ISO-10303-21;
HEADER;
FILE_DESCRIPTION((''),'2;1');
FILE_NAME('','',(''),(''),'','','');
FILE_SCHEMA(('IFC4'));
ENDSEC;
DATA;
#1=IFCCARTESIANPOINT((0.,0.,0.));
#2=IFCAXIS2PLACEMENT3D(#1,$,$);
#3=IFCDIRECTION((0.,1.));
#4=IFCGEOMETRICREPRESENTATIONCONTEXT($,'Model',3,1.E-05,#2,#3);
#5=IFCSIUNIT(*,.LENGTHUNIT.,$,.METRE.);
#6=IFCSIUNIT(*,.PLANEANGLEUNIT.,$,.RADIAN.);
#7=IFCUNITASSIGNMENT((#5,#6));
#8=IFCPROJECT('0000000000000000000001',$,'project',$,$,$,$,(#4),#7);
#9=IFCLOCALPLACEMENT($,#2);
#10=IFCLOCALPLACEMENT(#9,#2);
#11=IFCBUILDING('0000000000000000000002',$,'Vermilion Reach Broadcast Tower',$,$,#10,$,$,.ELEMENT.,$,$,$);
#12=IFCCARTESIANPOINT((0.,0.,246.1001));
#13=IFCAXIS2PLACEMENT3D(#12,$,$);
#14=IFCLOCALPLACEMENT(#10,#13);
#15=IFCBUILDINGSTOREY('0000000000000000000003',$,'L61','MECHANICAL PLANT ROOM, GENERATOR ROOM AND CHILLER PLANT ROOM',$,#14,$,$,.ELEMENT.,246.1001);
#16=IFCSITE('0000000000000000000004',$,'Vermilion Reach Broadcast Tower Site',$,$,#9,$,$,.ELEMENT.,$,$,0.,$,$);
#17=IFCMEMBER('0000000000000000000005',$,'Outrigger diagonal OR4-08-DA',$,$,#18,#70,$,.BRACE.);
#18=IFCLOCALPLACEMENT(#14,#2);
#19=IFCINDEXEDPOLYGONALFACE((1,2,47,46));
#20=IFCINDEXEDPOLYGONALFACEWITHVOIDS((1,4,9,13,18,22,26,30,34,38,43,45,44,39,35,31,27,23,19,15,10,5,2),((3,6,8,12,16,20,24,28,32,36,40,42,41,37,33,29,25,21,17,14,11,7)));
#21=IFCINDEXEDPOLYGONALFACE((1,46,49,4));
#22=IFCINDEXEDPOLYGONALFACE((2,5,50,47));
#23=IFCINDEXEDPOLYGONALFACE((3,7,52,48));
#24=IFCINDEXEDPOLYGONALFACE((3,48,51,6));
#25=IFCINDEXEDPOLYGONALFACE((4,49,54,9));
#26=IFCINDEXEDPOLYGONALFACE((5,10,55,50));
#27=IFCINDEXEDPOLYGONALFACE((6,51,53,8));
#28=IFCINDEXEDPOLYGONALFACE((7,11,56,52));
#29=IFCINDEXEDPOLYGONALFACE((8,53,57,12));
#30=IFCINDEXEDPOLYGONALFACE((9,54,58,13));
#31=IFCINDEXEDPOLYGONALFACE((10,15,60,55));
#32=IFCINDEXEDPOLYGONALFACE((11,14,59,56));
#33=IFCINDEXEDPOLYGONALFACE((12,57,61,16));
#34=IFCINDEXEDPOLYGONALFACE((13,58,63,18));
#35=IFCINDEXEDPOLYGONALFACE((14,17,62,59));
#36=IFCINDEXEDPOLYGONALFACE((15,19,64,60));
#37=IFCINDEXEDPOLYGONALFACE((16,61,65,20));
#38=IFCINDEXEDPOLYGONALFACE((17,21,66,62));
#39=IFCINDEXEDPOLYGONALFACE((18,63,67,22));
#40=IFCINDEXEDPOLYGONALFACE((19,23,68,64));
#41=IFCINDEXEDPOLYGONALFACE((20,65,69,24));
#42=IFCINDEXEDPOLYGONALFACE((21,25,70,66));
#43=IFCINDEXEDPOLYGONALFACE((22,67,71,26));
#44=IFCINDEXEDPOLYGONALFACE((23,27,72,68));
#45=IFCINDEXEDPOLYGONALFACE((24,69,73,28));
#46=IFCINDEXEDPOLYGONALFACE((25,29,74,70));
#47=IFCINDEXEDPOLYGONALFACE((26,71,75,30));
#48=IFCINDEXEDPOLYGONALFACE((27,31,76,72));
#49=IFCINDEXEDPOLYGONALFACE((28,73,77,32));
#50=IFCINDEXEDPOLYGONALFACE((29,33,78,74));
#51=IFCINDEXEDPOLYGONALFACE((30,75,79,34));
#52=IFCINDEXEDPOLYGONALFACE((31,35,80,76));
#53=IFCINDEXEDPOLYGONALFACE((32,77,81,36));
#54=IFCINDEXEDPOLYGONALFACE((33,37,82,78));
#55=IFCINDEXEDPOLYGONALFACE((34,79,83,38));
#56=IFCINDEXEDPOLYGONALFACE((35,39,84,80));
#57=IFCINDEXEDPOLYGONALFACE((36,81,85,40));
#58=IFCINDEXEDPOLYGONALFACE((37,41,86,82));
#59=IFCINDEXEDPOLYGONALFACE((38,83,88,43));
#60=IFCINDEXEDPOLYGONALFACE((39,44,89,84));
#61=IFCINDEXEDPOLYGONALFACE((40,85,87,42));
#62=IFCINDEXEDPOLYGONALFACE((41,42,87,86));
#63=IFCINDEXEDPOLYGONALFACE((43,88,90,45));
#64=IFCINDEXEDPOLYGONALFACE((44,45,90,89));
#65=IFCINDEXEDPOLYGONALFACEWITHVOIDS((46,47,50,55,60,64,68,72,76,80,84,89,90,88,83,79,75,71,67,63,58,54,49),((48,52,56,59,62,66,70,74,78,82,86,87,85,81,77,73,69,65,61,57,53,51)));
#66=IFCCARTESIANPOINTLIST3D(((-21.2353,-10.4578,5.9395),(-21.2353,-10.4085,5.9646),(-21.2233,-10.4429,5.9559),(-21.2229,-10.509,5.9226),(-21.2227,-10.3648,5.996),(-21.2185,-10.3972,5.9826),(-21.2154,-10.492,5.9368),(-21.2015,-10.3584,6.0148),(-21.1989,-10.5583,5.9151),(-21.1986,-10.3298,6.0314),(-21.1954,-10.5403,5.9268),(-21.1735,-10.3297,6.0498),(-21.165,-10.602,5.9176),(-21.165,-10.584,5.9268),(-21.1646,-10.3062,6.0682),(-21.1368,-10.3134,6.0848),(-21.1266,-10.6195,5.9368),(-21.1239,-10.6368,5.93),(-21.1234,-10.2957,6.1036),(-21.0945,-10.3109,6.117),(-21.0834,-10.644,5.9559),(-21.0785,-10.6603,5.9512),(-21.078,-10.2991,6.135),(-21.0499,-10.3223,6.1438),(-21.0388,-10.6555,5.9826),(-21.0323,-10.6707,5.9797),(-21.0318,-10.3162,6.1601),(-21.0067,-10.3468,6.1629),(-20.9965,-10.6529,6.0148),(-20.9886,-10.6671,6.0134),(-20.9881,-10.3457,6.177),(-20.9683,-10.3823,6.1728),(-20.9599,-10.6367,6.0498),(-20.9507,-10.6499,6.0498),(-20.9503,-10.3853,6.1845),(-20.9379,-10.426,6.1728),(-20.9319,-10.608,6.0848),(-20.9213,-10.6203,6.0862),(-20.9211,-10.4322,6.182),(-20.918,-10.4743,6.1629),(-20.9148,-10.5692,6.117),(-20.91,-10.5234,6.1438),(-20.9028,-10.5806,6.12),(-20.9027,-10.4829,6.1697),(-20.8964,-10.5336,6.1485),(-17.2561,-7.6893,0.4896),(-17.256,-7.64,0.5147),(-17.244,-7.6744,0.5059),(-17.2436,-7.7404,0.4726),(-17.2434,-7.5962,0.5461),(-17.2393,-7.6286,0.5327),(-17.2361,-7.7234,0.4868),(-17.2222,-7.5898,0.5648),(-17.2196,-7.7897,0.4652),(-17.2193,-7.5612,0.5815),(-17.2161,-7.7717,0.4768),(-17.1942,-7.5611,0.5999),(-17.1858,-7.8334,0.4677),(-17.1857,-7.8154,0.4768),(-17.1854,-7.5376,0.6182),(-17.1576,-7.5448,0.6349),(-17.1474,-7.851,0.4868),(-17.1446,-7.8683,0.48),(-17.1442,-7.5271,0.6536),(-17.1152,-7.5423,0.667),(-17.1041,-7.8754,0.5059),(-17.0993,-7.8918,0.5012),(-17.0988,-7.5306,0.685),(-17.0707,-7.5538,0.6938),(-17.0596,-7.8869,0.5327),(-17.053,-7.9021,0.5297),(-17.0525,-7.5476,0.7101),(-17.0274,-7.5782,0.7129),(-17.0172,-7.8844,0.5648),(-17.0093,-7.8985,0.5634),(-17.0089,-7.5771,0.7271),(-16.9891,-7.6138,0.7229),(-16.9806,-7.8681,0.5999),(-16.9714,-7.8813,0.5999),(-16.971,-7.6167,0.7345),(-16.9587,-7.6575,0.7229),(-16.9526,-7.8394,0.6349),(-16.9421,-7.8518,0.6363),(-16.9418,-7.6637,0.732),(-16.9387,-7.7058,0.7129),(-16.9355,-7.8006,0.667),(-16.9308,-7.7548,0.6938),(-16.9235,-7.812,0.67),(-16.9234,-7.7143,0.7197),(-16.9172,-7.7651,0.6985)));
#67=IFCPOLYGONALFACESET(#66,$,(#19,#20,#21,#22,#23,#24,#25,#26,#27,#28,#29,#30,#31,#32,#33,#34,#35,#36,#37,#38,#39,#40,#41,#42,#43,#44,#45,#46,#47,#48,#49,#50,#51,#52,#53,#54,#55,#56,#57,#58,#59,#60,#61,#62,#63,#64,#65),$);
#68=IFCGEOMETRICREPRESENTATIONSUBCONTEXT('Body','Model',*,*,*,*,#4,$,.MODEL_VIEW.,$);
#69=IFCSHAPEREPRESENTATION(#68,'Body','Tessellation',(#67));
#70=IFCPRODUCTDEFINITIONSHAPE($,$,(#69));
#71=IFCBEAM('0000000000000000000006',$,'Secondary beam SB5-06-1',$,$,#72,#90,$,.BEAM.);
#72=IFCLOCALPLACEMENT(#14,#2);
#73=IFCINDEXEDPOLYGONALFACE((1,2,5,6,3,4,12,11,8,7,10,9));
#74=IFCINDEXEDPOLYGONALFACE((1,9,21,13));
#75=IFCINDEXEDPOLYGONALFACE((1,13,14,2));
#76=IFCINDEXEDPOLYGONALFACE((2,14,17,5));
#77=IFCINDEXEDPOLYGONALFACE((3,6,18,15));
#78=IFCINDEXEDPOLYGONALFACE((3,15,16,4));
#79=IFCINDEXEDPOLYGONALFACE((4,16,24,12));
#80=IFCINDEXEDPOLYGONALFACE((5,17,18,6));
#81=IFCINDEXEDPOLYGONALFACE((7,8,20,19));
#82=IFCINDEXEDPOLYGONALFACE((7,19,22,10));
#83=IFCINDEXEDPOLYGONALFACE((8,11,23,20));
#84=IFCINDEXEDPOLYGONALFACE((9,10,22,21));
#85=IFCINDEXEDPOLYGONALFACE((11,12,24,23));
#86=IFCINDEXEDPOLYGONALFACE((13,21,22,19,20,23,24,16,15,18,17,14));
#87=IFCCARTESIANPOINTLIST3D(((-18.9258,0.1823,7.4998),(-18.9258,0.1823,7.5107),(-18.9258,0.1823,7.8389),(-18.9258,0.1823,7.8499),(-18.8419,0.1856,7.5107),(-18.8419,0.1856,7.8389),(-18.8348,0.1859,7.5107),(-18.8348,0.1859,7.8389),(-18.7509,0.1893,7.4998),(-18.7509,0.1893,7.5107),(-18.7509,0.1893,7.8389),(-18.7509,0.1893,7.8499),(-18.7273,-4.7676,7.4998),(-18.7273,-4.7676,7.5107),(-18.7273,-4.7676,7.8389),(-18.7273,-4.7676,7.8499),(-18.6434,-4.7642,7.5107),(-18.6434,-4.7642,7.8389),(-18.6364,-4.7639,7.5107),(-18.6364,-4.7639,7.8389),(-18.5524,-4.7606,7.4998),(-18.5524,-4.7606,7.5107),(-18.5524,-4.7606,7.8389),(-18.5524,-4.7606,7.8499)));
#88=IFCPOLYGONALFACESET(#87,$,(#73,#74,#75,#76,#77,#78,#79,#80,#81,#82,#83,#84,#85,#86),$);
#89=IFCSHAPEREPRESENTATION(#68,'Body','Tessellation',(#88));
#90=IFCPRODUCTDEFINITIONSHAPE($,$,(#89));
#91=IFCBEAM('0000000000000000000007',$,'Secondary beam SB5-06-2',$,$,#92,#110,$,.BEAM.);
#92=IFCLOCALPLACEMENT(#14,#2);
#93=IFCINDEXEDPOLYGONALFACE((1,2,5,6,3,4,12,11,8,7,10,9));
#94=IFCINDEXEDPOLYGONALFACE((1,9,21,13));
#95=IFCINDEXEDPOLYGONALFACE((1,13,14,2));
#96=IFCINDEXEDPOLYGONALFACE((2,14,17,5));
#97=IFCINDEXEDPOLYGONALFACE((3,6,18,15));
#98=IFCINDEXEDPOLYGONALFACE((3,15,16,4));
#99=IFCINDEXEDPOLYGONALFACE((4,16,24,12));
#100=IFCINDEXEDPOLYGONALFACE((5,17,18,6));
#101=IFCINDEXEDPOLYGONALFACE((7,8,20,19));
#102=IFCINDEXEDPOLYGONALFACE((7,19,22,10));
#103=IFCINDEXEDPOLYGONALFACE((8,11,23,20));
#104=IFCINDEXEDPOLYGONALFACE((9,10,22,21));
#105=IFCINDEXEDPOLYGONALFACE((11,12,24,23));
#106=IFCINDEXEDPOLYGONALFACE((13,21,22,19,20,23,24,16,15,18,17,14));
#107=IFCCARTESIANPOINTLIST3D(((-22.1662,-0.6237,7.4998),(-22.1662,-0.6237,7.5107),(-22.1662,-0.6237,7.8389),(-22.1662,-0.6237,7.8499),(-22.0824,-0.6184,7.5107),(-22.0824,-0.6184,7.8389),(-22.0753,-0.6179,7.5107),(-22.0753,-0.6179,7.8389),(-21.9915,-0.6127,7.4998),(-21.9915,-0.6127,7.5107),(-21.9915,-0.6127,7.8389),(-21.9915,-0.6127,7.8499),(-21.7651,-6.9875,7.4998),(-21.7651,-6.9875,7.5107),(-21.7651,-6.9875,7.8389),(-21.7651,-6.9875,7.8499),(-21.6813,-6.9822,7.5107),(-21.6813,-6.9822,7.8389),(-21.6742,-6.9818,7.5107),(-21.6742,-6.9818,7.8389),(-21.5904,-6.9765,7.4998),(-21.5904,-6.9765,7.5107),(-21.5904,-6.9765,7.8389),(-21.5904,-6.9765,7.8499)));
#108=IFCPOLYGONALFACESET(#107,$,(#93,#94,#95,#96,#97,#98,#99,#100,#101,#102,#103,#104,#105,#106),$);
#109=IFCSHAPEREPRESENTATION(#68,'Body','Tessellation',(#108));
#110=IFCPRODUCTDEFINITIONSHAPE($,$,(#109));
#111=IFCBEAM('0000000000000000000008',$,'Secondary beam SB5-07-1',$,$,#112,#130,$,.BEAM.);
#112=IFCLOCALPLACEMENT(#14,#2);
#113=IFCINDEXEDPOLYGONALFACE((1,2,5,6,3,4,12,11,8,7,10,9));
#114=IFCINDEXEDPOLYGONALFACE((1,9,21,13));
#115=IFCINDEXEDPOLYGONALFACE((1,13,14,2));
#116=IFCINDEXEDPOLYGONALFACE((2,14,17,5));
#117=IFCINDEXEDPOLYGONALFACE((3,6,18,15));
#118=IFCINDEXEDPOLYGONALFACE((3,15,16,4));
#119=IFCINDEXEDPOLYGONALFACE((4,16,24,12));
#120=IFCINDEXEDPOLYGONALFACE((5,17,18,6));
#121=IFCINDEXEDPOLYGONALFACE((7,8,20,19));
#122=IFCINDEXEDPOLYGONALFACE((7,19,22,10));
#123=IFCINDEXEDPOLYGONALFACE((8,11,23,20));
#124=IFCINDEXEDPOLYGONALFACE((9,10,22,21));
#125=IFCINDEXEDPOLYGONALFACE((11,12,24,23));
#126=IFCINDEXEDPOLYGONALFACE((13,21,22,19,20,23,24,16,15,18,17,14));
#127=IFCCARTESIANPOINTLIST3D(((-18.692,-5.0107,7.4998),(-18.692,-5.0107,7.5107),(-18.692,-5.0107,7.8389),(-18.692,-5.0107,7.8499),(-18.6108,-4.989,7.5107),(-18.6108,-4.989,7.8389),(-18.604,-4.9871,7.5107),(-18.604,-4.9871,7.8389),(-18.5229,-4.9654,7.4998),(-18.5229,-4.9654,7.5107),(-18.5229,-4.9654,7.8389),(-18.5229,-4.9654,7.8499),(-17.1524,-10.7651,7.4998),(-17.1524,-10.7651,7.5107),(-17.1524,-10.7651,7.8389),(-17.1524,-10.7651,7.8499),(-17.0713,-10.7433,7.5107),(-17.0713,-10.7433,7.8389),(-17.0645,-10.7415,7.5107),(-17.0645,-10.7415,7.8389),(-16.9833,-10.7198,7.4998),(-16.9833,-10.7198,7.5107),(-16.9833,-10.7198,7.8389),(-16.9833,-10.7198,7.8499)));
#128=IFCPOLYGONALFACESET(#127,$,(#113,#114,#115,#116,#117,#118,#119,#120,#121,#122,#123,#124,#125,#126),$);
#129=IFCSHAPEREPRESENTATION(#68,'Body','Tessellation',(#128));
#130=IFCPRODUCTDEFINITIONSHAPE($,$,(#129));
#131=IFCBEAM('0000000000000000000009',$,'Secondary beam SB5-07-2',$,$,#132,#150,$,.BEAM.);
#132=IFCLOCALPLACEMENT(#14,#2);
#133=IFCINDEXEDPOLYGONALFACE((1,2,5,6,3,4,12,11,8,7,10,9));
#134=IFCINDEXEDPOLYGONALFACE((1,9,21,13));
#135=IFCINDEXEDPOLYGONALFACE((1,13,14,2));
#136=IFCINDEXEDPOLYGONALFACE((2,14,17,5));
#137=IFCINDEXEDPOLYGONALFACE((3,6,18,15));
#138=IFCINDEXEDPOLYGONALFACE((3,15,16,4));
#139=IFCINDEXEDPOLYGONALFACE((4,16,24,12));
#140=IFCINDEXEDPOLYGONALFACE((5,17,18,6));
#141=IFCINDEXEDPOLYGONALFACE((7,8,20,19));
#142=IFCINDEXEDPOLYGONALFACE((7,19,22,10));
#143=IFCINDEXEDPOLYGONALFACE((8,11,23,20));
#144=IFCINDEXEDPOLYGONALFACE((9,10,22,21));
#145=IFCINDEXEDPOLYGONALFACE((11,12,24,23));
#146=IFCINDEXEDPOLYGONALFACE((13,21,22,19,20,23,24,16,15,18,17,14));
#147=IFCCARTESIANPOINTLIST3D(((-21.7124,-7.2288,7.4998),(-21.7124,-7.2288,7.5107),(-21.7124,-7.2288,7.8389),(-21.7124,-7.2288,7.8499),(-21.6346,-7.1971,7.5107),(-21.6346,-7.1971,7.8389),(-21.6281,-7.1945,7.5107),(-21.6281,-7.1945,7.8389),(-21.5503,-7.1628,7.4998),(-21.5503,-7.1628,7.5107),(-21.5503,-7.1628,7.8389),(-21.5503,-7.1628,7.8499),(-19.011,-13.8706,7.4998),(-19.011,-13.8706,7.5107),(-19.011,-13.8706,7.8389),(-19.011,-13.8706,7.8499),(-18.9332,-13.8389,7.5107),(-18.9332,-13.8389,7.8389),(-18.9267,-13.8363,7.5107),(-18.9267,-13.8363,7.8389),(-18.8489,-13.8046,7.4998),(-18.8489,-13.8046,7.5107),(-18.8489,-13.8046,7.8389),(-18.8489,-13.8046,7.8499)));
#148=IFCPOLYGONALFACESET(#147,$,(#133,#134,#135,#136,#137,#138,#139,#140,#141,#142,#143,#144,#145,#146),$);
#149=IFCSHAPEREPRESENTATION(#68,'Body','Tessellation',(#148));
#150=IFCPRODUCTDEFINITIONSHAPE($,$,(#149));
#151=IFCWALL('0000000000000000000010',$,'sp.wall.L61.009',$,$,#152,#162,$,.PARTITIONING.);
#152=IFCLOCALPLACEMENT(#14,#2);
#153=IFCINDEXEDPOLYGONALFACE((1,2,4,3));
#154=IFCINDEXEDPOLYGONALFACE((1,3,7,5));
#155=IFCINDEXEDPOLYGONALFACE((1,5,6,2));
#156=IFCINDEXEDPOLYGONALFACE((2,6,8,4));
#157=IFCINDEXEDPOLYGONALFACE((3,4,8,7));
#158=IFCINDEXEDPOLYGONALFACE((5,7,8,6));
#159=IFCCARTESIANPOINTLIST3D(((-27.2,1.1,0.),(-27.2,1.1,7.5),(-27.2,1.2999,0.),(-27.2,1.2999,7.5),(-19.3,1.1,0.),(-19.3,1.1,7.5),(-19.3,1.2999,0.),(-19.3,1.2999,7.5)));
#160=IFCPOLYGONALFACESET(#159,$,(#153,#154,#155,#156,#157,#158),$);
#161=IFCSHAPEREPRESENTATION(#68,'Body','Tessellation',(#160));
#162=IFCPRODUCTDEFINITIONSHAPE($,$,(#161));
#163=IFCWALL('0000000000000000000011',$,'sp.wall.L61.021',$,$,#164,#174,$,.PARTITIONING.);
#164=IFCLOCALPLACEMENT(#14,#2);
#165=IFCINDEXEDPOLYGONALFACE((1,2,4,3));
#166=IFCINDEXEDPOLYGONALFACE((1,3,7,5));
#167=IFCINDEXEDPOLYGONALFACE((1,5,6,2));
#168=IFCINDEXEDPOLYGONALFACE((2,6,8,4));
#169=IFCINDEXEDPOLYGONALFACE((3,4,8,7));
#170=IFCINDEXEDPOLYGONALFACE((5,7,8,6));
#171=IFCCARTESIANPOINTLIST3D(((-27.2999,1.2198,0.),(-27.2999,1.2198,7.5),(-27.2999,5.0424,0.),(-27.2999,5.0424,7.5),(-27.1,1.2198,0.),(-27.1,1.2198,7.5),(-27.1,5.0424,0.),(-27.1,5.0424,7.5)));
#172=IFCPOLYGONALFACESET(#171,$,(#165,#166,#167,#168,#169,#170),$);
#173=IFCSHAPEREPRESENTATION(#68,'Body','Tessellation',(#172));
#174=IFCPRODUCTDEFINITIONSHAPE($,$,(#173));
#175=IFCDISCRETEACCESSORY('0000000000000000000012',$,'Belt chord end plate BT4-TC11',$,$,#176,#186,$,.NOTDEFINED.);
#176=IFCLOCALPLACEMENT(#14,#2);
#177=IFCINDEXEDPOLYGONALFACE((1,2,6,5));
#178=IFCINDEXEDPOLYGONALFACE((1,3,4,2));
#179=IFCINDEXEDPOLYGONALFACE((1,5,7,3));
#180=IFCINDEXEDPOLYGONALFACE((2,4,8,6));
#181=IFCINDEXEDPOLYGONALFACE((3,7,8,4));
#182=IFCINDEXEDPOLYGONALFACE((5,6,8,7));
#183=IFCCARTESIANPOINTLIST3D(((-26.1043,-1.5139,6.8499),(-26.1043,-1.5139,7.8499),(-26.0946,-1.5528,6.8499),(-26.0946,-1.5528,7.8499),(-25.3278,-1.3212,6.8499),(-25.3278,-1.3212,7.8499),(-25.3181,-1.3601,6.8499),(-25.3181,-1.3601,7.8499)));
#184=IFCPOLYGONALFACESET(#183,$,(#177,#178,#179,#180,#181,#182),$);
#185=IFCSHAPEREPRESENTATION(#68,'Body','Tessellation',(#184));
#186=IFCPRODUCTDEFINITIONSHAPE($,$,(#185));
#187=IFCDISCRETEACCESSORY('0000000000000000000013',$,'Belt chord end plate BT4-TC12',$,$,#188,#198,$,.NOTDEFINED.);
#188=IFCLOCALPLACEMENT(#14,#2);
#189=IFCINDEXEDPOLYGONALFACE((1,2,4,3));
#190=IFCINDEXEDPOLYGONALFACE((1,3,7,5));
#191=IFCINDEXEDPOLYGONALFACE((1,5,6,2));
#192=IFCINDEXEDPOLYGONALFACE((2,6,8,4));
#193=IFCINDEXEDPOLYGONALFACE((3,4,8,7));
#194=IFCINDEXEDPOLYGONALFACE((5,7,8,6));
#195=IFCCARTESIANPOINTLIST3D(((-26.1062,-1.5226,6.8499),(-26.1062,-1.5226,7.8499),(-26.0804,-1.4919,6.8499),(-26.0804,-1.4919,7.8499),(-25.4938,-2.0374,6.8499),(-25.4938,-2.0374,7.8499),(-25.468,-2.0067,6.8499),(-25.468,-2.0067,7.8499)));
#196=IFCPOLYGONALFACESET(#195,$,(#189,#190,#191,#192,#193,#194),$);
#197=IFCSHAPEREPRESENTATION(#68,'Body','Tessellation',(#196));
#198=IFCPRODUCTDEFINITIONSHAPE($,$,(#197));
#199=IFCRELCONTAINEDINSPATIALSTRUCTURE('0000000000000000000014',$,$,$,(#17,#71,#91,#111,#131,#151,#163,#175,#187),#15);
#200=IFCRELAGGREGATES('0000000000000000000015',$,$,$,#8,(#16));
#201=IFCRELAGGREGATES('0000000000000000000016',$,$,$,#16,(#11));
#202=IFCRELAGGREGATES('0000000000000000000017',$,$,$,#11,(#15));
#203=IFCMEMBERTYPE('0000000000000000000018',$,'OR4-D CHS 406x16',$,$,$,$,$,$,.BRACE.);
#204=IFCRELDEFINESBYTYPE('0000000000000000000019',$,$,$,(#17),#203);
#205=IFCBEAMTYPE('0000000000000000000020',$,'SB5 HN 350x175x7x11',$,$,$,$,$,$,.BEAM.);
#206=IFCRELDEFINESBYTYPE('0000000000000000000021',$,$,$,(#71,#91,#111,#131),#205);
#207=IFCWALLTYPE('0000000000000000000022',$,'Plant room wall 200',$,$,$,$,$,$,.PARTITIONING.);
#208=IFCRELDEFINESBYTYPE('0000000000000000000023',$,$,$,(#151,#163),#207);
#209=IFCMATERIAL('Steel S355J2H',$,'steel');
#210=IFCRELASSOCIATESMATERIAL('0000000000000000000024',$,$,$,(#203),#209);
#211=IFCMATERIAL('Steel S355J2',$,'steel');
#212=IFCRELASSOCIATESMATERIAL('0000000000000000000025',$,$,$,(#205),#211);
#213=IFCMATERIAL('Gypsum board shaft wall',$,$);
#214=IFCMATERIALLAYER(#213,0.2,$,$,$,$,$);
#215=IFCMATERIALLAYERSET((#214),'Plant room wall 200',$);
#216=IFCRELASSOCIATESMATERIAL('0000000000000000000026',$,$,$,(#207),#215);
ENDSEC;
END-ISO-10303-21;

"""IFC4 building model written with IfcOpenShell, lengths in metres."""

from ifc_helpers import new_model, si_unit, direction, frame, frame_2d, origin, origin_2d, place, context, subcontext, project, spatial, rectangle, hollow_circle, i_section, extrude, material, layer, layer_set, material_profile, profile_set, type_object, element, save


model = new_model("IFC4")

# Units and contexts
model_context = context("Model", 3, precision=1e-05, world=origin(), true_north=direction((0.0, 1.0)))
body_context = subcontext(model_context, "Body", "Model", "MODEL_VIEW")
ifc_project = project(units=[si_unit("LENGTHUNIT", "METRE"), si_unit("PLANEANGLEUNIT", "RADIAN")], contexts=[model_context])

# Site, building, storey
site_placement = place(None, origin())
site = spatial("IfcSite", under=ifc_project, at=site_placement, Name="Vermilion Reach Broadcast Tower Site", CompositionType="ELEMENT", RefElevation=0.0)
building_placement = place(site_placement, origin())
building = spatial("IfcBuilding", under=site, at=building_placement, Name="Vermilion Reach Broadcast Tower", CompositionType="ELEMENT")
storey_placement = place(building_placement, frame((0.0, 0.0, 246.1001)))
storey = spatial("IfcBuildingStorey", under=building, at=storey_placement, Name="L61", Description="MECHANICAL PLANT ROOM, GENERATOR ROOM AND CHILLER PLANT ROOM", CompositionType="ELEMENT", Elevation=246.1001)

# Member
ifc_material_1 = material(Name="Steel S355J2H", Category="steel")
ifc_material_profile_1 = material_profile(ifc_material_1, hollow_circle(Radius=0.2031, WallThickness=0.0161, at=origin_2d()), Name="S355J2H CHS 406x16")
ifc_profile_set_1 = profile_set([ifc_material_profile_1], Name="Steel S355J2H")
member_type_1 = type_object("IfcMemberType", Name="OR4-D CHS 406x16", PredefinedType="BRACE", material=ifc_profile_set_1)
member_1_placement = place(storey_placement, frame((-17.0874, -7.7146, 0.5999), z_axis=(-0.545557, -0.37957, 0.747191), x_axis=(0.571118, -0.820868, 0.0)))
element("IfcMember", 1, at=member_1_placement, inside=storey, type_object=member_type_1, Name="Outrigger diagonal OR4-08-DA", PredefinedType="BRACE", context=body_context, shape_type="SweptSolid", body=[
    extrude(hollow_circle(Radius=0.2031, WallThickness=0.0161, at=origin_2d()), origin(), (0.0, 0.0, 1.0), 7.2939),
])

# Beams
ifc_material_2 = material(Name="Steel S355J2", Category="steel")
ifc_material_profile_2 = material_profile(ifc_material_2, i_section(OverallWidth=0.175, OverallDepth=0.3501, WebThickness=0.0071, FlangeThickness=0.011, at=origin_2d()), Name="S355J2 HN 350x175x7x11")
ifc_profile_set_2 = profile_set([ifc_material_profile_2], Name="Steel S355J2")
beam_type_1 = type_object("IfcBeamType", Name="SB5 HN 350x175x7x11", PredefinedType="BEAM", material=ifc_profile_set_2)
beam_1_placement = place(storey_placement, frame((-18.8384, 0.1858, 7.6748), z_axis=(0.040066, -0.999197, 0.0), x_axis=(0.999197, 0.040066, 0.0)))
element("IfcBeam", 2, at=beam_1_placement, inside=storey, type_object=beam_type_1, Name="Secondary beam SB5-06-1", PredefinedType="BEAM", context=body_context, shape_type="SweptSolid", body=[
    extrude(i_section(OverallWidth=0.175, OverallDepth=0.3501, WebThickness=0.0071, FlangeThickness=0.011, at=origin_2d()), origin(), (0.0, 0.0, 1.0), 4.9539),
])
beam_2_placement = place(storey_placement, frame((-22.0789, -0.6182, 7.6748), z_axis=(0.062907, -0.998019, 0.0), x_axis=(0.998019, 0.062907, 0.0)))
element("IfcBeam", 3, at=beam_2_placement, inside=storey, type_object=beam_type_1, Name="Secondary beam SB5-06-2", PredefinedType="BEAM", context=body_context, shape_type="SweptSolid", body=[
    extrude(i_section(OverallWidth=0.175, OverallDepth=0.3501, WebThickness=0.0071, FlangeThickness=0.011, at=origin_2d()), origin(), (0.0, 0.0, 1.0), 6.3765),
])
beam_3_placement = place(storey_placement, frame((-18.6074, -4.988, 7.6748), z_axis=(0.258453, -0.966024, 0.0), x_axis=(0.966024, 0.258453, 0.0)))
element("IfcBeam", 4, at=beam_3_placement, inside=storey, type_object=beam_type_1, Name="Secondary beam SB5-07-1", PredefinedType="BEAM", context=body_context, shape_type="SweptSolid", body=[
    extrude(i_section(OverallWidth=0.175, OverallDepth=0.3501, WebThickness=0.0071, FlangeThickness=0.011, at=origin_2d()), origin(), (0.0, 0.0, 1.0), 5.9568),
])
beam_4_placement = place(storey_placement, frame((-21.6313, -7.1958, 7.6748), z_axis=(0.376756, -0.926313, 0.0), x_axis=(0.926313, 0.376756, 0.0)))
element("IfcBeam", 5, at=beam_4_placement, inside=storey, type_object=beam_type_1, Name="Secondary beam SB5-07-2", PredefinedType="BEAM", context=body_context, shape_type="SweptSolid", body=[
    extrude(i_section(OverallWidth=0.175, OverallDepth=0.3501, WebThickness=0.0071, FlangeThickness=0.011, at=origin_2d()), origin(), (0.0, 0.0, 1.0), 7.1702),
])

# Walls
ifc_material_3 = material(Name="Gypsum board shaft wall")
ifc_layer = layer(ifc_material_3, 0.2)
ifc_layer_set = layer_set([ifc_layer], Name="Plant room wall 200")
wall_type = type_object("IfcWallType", Name="Plant room wall 200", PredefinedType="PARTITIONING", material=ifc_layer_set)
wall_1_placement = place(storey_placement, frame((-27.2, 1.2, 0.0), z_axis=(0.0, 0.0, 1.0), x_axis=(1.0, 0.0, 0.0)))
element("IfcWall", 6, at=wall_1_placement, inside=storey, type_object=wall_type, Name="sp.wall.L61.009", PredefinedType="PARTITIONING", context=body_context, shape_type="SweptSolid", body=[
    extrude(rectangle(XDim=7.8999, YDim=0.2, at=frame_2d((3.95, 0.0))), origin(), (0.0, 0.0, 1.0), 7.5),
])
wall_2_placement = place(storey_placement, frame((-27.2, 1.22, 0.0), z_axis=(0.0, 0.0, 1.0), x_axis=(0.0, 1.0, 0.0)))
element("IfcWall", 7, at=wall_2_placement, inside=storey, type_object=wall_type, Name="sp.wall.L61.021", PredefinedType="PARTITIONING", context=body_context, shape_type="SweptSolid", body=[
    extrude(rectangle(XDim=3.8225, YDim=0.2, at=frame_2d((1.9111, 0.0))), origin(), (0.0, 0.0, 1.0), 7.5),
])

# Discrete accessories
for number, where, z_axis, x_axis, name in (
    (8, (-25.7112, -1.437, 6.8499), (0.0, 0.0, 1.0), (0.24084, -0.970565, 0.0), "Belt chord end plate BT4-TC11"),
    (9, (-25.7871, -1.7646, 6.8499), (0.0, 0.0, 1.0), (0.643445, 0.765492, 0.0), "Belt chord end plate BT4-TC12"),
):
    element("IfcDiscreteAccessory", number, at=place(storey_placement, frame(where, z_axis=z_axis, x_axis=x_axis)), inside=storey, Name=name, PredefinedType="NOTDEFINED", context=body_context, shape_type="SweptSolid", body=[
        extrude(rectangle(XDim=0.04, YDim=0.8, at=origin_2d()), origin(), (0.0, 0.0, 1.0), 1.0),
    ])

save(model, "model.ifc")
